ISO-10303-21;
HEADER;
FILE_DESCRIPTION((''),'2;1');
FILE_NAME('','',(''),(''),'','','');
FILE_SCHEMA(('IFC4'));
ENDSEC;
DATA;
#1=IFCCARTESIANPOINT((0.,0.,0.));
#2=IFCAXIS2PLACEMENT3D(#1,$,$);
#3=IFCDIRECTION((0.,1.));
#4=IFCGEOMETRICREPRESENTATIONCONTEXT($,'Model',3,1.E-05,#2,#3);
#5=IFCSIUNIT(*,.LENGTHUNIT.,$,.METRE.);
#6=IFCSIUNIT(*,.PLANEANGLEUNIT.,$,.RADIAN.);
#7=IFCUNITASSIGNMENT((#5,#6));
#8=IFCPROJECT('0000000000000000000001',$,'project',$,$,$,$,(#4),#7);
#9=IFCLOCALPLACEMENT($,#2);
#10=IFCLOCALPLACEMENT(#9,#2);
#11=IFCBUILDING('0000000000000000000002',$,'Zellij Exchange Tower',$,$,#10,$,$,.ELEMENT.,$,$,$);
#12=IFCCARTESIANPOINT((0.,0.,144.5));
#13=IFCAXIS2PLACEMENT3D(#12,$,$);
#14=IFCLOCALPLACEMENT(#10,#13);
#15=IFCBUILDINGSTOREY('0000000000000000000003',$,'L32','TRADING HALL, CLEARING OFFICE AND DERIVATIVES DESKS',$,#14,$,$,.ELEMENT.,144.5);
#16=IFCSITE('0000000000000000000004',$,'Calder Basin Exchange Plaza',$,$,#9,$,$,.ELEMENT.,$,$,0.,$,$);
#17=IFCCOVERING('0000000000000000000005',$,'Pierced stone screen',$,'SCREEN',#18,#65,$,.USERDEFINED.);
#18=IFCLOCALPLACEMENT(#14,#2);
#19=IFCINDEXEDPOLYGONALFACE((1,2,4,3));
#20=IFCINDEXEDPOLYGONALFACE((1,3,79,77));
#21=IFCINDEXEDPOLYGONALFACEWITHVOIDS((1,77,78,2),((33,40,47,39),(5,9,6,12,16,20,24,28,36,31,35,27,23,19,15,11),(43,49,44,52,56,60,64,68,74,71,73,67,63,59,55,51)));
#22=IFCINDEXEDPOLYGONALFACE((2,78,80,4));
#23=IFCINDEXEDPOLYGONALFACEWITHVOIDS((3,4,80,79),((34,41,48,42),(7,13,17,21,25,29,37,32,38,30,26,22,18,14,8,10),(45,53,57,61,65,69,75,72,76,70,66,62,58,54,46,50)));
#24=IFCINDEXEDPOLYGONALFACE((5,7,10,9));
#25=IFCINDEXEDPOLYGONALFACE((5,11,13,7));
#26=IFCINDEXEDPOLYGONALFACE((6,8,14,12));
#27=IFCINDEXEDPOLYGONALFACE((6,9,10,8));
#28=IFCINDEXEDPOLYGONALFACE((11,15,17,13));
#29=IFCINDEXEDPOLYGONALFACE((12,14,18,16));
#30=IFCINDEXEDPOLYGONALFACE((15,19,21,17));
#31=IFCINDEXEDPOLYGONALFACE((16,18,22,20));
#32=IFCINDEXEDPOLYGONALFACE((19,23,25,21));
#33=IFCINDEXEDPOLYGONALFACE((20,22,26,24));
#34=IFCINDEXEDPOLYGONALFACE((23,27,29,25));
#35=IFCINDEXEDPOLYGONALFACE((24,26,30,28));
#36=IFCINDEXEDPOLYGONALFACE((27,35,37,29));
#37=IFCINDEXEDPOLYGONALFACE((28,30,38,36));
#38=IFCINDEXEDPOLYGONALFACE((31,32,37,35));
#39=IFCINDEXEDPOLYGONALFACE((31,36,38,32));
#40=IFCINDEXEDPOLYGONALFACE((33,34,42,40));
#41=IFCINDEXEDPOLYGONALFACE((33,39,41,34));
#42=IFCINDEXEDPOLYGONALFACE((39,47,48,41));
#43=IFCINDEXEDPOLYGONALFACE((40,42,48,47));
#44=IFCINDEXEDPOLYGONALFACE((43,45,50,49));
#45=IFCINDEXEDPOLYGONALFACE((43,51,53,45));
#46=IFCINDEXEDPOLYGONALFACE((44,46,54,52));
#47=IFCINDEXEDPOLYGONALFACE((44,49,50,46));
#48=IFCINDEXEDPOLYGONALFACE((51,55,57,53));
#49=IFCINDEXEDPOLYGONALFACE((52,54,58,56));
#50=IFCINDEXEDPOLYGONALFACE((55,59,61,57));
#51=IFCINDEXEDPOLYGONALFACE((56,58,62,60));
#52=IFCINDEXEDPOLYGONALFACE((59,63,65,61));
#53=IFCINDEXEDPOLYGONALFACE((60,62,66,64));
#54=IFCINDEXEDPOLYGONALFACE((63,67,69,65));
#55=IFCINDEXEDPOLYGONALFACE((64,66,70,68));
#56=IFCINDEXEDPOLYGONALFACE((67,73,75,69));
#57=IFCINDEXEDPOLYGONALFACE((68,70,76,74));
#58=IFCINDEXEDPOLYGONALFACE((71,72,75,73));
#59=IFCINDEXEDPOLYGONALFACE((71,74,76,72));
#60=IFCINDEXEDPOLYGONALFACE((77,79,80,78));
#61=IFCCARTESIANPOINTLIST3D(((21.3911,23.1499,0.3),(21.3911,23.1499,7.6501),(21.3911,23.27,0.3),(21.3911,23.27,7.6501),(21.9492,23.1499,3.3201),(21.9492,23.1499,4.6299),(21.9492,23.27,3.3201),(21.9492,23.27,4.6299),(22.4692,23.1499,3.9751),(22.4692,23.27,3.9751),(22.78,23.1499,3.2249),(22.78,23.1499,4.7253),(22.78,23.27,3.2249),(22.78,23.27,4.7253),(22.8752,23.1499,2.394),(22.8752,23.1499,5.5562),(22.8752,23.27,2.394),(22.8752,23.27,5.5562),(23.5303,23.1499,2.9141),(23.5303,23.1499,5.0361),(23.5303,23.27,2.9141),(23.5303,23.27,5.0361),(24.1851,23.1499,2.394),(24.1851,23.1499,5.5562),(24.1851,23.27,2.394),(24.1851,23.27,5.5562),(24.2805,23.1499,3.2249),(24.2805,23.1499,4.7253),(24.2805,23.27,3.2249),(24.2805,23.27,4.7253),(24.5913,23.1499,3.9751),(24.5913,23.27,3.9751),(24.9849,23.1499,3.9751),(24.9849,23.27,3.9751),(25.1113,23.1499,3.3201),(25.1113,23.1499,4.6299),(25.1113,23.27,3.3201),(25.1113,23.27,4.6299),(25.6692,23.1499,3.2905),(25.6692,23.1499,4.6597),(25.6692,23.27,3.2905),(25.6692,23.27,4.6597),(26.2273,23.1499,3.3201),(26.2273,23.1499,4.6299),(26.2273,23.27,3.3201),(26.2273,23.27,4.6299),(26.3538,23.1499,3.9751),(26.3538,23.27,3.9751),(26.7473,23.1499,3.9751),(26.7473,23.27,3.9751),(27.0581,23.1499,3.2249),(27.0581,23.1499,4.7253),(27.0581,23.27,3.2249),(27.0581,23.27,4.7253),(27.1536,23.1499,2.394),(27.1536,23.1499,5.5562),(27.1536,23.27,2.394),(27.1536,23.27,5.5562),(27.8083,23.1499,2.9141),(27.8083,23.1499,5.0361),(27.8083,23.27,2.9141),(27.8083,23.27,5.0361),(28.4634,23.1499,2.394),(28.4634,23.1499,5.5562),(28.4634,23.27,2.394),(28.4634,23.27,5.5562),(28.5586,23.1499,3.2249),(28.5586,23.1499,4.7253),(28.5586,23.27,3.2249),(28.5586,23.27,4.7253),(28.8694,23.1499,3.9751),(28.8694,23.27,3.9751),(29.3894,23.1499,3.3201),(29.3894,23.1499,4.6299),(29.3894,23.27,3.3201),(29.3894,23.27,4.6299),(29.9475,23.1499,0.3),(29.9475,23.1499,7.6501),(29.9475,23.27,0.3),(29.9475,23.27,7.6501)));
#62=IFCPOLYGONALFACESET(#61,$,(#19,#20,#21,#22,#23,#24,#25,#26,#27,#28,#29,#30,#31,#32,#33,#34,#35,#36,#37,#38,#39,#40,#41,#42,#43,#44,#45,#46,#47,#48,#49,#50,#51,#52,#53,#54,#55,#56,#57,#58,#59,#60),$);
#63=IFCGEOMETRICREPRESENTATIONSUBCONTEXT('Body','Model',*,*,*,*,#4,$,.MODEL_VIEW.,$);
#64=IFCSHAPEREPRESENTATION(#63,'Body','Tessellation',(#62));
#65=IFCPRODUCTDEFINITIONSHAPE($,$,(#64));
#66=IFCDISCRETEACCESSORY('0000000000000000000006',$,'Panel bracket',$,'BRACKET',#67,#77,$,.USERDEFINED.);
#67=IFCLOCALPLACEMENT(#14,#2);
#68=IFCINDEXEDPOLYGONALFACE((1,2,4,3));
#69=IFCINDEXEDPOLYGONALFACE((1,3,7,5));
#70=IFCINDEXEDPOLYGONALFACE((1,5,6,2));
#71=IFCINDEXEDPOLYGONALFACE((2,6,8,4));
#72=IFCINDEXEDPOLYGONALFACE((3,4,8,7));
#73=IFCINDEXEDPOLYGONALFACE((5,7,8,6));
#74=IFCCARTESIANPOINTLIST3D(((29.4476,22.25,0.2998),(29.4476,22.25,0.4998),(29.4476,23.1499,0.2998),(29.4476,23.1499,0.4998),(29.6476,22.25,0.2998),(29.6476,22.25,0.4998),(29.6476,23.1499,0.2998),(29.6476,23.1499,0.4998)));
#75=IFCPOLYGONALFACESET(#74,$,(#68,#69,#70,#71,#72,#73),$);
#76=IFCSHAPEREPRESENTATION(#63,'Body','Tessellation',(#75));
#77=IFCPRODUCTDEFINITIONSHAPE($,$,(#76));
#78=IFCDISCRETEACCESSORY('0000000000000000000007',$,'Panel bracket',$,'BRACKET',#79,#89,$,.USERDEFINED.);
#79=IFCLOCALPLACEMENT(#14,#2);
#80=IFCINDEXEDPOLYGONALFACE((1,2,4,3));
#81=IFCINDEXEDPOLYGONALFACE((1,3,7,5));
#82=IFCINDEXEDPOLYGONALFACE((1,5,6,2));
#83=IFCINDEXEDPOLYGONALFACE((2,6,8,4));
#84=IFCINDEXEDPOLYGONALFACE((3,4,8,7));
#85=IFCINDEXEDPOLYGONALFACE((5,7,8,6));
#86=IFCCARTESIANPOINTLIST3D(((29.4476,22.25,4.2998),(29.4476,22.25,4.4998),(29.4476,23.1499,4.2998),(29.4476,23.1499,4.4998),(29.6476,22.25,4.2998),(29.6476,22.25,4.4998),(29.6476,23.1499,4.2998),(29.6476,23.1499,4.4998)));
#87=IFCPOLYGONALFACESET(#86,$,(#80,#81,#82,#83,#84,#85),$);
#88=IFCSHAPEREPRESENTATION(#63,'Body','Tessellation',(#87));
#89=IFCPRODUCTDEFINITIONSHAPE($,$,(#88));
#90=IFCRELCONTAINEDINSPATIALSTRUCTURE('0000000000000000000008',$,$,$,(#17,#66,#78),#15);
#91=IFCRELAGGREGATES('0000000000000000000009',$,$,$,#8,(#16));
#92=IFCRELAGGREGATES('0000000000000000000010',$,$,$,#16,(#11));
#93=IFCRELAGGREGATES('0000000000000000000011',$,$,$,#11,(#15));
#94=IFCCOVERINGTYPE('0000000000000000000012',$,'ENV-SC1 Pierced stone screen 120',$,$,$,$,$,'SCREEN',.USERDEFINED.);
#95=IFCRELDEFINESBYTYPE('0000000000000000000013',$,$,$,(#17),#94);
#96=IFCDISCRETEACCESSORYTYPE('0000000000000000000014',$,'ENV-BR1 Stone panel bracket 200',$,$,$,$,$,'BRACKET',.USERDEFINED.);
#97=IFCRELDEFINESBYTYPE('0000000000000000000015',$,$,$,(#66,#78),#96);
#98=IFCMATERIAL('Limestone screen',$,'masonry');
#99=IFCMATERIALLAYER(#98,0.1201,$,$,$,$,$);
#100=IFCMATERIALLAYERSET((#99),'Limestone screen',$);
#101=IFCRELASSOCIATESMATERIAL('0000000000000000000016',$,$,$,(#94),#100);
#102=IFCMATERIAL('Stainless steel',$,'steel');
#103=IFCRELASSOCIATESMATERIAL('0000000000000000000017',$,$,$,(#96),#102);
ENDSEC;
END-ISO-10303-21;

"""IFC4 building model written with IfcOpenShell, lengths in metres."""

from ifc_helpers import new_model, si_unit, direction, frame, origin, origin_2d, place, context, subcontext, project, spatial, polyline, rectangle, outline, extrude, material, layer, layer_set, type_object, element, save


model = new_model("IFC4")

# Units and contexts
model_context = context("Model", 3, precision=1e-05, world=origin(), true_north=direction((0.0, 1.0)))
body_context = subcontext(model_context, "Body", "Model", "MODEL_VIEW")
ifc_project = project(units=[si_unit("LENGTHUNIT", "METRE"), si_unit("PLANEANGLEUNIT", "RADIAN")], contexts=[model_context])

# Site, building, storey
site_placement = place(None, origin())
site = spatial("IfcSite", under=ifc_project, at=site_placement, Name="Calder Basin Exchange Plaza", CompositionType="ELEMENT", RefElevation=0.0)
building_placement = place(site_placement, origin())
building = spatial("IfcBuilding", under=site, at=building_placement, Name="Zellij Exchange Tower", CompositionType="ELEMENT")
storey_placement = place(building_placement, frame((0.0, 0.0, 144.5)))
storey = spatial("IfcBuildingStorey", under=building, at=storey_placement, Name="L32", Description="TRADING HALL, CLEARING OFFICE AND DERIVATIVES DESKS", CompositionType="ELEMENT", Elevation=144.5)

# Covering
ifc_material_1 = material(Name="Limestone screen", Category="masonry")
ifc_layer = layer(ifc_material_1, 0.1201)
ifc_layer_set = layer_set([ifc_layer], Name="Limestone screen")
covering_type = type_object("IfcCoveringType", Name="ENV-SC1 Pierced stone screen 120", ElementType="SCREEN", PredefinedType="USERDEFINED", material=ifc_layer_set)
covering_placement = place(storey_placement, frame((29.9475, 23.21, 0.3), z_axis=(0.0, 0.0, 1.0), x_axis=(-1.0, 0.0, 0.0)))
element("IfcCovering", 1, at=covering_placement, inside=storey, type_object=covering_type, Name="Pierced stone screen", ObjectType="SCREEN", PredefinedType="USERDEFINED", context=body_context, shape_type="SweptSolid", body=[
    extrude(outline(polyline([(0.0, 0.0), (8.5564, 0.0), (8.5564, 7.3501), (0.0, 7.3501), (0.0, 0.0)]), holes=[polyline([(3.7202, 4.3298), (2.8894, 4.4253), (2.7939, 5.2561), (2.1392, 4.7361), (1.4841, 5.2561), (1.3889, 4.4253), (0.5581, 4.3298), (1.0781, 3.675), (0.5581, 3.02), (1.3889, 2.9248), (1.4841, 2.094), (2.1392, 2.614), (2.7939, 2.094), (2.8894, 2.9248), (3.7202, 3.02), (3.2002, 3.675), (3.7202, 4.3298)]), polyline([(7.9983, 4.3298), (7.1675, 4.4253), (7.0723, 5.2561), (6.4172, 4.7361), (5.7625, 5.2561), (5.667, 4.4253), (4.8362, 4.3298), (5.3562, 3.675), (4.8362, 3.02), (5.667, 2.9248), (5.7625, 2.094), (6.4172, 2.614), (7.0723, 2.094), (7.1675, 2.9248), (7.9983, 3.02), (7.4783, 3.675), (7.9983, 4.3298)]), polyline([(4.9626, 3.675), (4.2783, 4.3596), (3.5938, 3.675), (4.2783, 2.9905), (4.9626, 3.675)])]), frame((0.0, 0.0601, 0.0), z_axis=(0.0, -1.0, 0.0), x_axis=(1.0, 0.0, 0.0)), (0.0, 0.0, 1.0), 0.1201),
])

# Discrete accessories
ifc_material_2 = material(Name="Stainless steel", Category="steel")
discrete_accessory_type = type_object("IfcDiscreteAccessoryType", Name="ENV-BR1 Stone panel bracket 200", ElementType="BRACKET", PredefinedType="USERDEFINED", material=ifc_material_2)
for number, where, z_axis, x_axis, name in (
    (2, (29.5476, 22.7, 0.2998), (0.0, 0.0, 1.0), (-1.0, 0.0, 0.0), "Panel bracket"),
    (3, (29.5476, 22.7, 4.2998), (0.0, 0.0, 1.0), (-1.0, 0.0, 0.0), "Panel bracket"),
):
    element("IfcDiscreteAccessory", number, at=place(storey_placement, frame(where, z_axis=z_axis, x_axis=x_axis)), inside=storey, type_object=discrete_accessory_type, Name=name, ObjectType="BRACKET", PredefinedType="USERDEFINED", context=body_context, shape_type="SweptSolid", body=[
        extrude(rectangle(XDim=0.2, YDim=0.8999, at=origin_2d()), origin(), (0.0, 0.0, 1.0), 0.2),
    ])

save(model, "model.ifc")
